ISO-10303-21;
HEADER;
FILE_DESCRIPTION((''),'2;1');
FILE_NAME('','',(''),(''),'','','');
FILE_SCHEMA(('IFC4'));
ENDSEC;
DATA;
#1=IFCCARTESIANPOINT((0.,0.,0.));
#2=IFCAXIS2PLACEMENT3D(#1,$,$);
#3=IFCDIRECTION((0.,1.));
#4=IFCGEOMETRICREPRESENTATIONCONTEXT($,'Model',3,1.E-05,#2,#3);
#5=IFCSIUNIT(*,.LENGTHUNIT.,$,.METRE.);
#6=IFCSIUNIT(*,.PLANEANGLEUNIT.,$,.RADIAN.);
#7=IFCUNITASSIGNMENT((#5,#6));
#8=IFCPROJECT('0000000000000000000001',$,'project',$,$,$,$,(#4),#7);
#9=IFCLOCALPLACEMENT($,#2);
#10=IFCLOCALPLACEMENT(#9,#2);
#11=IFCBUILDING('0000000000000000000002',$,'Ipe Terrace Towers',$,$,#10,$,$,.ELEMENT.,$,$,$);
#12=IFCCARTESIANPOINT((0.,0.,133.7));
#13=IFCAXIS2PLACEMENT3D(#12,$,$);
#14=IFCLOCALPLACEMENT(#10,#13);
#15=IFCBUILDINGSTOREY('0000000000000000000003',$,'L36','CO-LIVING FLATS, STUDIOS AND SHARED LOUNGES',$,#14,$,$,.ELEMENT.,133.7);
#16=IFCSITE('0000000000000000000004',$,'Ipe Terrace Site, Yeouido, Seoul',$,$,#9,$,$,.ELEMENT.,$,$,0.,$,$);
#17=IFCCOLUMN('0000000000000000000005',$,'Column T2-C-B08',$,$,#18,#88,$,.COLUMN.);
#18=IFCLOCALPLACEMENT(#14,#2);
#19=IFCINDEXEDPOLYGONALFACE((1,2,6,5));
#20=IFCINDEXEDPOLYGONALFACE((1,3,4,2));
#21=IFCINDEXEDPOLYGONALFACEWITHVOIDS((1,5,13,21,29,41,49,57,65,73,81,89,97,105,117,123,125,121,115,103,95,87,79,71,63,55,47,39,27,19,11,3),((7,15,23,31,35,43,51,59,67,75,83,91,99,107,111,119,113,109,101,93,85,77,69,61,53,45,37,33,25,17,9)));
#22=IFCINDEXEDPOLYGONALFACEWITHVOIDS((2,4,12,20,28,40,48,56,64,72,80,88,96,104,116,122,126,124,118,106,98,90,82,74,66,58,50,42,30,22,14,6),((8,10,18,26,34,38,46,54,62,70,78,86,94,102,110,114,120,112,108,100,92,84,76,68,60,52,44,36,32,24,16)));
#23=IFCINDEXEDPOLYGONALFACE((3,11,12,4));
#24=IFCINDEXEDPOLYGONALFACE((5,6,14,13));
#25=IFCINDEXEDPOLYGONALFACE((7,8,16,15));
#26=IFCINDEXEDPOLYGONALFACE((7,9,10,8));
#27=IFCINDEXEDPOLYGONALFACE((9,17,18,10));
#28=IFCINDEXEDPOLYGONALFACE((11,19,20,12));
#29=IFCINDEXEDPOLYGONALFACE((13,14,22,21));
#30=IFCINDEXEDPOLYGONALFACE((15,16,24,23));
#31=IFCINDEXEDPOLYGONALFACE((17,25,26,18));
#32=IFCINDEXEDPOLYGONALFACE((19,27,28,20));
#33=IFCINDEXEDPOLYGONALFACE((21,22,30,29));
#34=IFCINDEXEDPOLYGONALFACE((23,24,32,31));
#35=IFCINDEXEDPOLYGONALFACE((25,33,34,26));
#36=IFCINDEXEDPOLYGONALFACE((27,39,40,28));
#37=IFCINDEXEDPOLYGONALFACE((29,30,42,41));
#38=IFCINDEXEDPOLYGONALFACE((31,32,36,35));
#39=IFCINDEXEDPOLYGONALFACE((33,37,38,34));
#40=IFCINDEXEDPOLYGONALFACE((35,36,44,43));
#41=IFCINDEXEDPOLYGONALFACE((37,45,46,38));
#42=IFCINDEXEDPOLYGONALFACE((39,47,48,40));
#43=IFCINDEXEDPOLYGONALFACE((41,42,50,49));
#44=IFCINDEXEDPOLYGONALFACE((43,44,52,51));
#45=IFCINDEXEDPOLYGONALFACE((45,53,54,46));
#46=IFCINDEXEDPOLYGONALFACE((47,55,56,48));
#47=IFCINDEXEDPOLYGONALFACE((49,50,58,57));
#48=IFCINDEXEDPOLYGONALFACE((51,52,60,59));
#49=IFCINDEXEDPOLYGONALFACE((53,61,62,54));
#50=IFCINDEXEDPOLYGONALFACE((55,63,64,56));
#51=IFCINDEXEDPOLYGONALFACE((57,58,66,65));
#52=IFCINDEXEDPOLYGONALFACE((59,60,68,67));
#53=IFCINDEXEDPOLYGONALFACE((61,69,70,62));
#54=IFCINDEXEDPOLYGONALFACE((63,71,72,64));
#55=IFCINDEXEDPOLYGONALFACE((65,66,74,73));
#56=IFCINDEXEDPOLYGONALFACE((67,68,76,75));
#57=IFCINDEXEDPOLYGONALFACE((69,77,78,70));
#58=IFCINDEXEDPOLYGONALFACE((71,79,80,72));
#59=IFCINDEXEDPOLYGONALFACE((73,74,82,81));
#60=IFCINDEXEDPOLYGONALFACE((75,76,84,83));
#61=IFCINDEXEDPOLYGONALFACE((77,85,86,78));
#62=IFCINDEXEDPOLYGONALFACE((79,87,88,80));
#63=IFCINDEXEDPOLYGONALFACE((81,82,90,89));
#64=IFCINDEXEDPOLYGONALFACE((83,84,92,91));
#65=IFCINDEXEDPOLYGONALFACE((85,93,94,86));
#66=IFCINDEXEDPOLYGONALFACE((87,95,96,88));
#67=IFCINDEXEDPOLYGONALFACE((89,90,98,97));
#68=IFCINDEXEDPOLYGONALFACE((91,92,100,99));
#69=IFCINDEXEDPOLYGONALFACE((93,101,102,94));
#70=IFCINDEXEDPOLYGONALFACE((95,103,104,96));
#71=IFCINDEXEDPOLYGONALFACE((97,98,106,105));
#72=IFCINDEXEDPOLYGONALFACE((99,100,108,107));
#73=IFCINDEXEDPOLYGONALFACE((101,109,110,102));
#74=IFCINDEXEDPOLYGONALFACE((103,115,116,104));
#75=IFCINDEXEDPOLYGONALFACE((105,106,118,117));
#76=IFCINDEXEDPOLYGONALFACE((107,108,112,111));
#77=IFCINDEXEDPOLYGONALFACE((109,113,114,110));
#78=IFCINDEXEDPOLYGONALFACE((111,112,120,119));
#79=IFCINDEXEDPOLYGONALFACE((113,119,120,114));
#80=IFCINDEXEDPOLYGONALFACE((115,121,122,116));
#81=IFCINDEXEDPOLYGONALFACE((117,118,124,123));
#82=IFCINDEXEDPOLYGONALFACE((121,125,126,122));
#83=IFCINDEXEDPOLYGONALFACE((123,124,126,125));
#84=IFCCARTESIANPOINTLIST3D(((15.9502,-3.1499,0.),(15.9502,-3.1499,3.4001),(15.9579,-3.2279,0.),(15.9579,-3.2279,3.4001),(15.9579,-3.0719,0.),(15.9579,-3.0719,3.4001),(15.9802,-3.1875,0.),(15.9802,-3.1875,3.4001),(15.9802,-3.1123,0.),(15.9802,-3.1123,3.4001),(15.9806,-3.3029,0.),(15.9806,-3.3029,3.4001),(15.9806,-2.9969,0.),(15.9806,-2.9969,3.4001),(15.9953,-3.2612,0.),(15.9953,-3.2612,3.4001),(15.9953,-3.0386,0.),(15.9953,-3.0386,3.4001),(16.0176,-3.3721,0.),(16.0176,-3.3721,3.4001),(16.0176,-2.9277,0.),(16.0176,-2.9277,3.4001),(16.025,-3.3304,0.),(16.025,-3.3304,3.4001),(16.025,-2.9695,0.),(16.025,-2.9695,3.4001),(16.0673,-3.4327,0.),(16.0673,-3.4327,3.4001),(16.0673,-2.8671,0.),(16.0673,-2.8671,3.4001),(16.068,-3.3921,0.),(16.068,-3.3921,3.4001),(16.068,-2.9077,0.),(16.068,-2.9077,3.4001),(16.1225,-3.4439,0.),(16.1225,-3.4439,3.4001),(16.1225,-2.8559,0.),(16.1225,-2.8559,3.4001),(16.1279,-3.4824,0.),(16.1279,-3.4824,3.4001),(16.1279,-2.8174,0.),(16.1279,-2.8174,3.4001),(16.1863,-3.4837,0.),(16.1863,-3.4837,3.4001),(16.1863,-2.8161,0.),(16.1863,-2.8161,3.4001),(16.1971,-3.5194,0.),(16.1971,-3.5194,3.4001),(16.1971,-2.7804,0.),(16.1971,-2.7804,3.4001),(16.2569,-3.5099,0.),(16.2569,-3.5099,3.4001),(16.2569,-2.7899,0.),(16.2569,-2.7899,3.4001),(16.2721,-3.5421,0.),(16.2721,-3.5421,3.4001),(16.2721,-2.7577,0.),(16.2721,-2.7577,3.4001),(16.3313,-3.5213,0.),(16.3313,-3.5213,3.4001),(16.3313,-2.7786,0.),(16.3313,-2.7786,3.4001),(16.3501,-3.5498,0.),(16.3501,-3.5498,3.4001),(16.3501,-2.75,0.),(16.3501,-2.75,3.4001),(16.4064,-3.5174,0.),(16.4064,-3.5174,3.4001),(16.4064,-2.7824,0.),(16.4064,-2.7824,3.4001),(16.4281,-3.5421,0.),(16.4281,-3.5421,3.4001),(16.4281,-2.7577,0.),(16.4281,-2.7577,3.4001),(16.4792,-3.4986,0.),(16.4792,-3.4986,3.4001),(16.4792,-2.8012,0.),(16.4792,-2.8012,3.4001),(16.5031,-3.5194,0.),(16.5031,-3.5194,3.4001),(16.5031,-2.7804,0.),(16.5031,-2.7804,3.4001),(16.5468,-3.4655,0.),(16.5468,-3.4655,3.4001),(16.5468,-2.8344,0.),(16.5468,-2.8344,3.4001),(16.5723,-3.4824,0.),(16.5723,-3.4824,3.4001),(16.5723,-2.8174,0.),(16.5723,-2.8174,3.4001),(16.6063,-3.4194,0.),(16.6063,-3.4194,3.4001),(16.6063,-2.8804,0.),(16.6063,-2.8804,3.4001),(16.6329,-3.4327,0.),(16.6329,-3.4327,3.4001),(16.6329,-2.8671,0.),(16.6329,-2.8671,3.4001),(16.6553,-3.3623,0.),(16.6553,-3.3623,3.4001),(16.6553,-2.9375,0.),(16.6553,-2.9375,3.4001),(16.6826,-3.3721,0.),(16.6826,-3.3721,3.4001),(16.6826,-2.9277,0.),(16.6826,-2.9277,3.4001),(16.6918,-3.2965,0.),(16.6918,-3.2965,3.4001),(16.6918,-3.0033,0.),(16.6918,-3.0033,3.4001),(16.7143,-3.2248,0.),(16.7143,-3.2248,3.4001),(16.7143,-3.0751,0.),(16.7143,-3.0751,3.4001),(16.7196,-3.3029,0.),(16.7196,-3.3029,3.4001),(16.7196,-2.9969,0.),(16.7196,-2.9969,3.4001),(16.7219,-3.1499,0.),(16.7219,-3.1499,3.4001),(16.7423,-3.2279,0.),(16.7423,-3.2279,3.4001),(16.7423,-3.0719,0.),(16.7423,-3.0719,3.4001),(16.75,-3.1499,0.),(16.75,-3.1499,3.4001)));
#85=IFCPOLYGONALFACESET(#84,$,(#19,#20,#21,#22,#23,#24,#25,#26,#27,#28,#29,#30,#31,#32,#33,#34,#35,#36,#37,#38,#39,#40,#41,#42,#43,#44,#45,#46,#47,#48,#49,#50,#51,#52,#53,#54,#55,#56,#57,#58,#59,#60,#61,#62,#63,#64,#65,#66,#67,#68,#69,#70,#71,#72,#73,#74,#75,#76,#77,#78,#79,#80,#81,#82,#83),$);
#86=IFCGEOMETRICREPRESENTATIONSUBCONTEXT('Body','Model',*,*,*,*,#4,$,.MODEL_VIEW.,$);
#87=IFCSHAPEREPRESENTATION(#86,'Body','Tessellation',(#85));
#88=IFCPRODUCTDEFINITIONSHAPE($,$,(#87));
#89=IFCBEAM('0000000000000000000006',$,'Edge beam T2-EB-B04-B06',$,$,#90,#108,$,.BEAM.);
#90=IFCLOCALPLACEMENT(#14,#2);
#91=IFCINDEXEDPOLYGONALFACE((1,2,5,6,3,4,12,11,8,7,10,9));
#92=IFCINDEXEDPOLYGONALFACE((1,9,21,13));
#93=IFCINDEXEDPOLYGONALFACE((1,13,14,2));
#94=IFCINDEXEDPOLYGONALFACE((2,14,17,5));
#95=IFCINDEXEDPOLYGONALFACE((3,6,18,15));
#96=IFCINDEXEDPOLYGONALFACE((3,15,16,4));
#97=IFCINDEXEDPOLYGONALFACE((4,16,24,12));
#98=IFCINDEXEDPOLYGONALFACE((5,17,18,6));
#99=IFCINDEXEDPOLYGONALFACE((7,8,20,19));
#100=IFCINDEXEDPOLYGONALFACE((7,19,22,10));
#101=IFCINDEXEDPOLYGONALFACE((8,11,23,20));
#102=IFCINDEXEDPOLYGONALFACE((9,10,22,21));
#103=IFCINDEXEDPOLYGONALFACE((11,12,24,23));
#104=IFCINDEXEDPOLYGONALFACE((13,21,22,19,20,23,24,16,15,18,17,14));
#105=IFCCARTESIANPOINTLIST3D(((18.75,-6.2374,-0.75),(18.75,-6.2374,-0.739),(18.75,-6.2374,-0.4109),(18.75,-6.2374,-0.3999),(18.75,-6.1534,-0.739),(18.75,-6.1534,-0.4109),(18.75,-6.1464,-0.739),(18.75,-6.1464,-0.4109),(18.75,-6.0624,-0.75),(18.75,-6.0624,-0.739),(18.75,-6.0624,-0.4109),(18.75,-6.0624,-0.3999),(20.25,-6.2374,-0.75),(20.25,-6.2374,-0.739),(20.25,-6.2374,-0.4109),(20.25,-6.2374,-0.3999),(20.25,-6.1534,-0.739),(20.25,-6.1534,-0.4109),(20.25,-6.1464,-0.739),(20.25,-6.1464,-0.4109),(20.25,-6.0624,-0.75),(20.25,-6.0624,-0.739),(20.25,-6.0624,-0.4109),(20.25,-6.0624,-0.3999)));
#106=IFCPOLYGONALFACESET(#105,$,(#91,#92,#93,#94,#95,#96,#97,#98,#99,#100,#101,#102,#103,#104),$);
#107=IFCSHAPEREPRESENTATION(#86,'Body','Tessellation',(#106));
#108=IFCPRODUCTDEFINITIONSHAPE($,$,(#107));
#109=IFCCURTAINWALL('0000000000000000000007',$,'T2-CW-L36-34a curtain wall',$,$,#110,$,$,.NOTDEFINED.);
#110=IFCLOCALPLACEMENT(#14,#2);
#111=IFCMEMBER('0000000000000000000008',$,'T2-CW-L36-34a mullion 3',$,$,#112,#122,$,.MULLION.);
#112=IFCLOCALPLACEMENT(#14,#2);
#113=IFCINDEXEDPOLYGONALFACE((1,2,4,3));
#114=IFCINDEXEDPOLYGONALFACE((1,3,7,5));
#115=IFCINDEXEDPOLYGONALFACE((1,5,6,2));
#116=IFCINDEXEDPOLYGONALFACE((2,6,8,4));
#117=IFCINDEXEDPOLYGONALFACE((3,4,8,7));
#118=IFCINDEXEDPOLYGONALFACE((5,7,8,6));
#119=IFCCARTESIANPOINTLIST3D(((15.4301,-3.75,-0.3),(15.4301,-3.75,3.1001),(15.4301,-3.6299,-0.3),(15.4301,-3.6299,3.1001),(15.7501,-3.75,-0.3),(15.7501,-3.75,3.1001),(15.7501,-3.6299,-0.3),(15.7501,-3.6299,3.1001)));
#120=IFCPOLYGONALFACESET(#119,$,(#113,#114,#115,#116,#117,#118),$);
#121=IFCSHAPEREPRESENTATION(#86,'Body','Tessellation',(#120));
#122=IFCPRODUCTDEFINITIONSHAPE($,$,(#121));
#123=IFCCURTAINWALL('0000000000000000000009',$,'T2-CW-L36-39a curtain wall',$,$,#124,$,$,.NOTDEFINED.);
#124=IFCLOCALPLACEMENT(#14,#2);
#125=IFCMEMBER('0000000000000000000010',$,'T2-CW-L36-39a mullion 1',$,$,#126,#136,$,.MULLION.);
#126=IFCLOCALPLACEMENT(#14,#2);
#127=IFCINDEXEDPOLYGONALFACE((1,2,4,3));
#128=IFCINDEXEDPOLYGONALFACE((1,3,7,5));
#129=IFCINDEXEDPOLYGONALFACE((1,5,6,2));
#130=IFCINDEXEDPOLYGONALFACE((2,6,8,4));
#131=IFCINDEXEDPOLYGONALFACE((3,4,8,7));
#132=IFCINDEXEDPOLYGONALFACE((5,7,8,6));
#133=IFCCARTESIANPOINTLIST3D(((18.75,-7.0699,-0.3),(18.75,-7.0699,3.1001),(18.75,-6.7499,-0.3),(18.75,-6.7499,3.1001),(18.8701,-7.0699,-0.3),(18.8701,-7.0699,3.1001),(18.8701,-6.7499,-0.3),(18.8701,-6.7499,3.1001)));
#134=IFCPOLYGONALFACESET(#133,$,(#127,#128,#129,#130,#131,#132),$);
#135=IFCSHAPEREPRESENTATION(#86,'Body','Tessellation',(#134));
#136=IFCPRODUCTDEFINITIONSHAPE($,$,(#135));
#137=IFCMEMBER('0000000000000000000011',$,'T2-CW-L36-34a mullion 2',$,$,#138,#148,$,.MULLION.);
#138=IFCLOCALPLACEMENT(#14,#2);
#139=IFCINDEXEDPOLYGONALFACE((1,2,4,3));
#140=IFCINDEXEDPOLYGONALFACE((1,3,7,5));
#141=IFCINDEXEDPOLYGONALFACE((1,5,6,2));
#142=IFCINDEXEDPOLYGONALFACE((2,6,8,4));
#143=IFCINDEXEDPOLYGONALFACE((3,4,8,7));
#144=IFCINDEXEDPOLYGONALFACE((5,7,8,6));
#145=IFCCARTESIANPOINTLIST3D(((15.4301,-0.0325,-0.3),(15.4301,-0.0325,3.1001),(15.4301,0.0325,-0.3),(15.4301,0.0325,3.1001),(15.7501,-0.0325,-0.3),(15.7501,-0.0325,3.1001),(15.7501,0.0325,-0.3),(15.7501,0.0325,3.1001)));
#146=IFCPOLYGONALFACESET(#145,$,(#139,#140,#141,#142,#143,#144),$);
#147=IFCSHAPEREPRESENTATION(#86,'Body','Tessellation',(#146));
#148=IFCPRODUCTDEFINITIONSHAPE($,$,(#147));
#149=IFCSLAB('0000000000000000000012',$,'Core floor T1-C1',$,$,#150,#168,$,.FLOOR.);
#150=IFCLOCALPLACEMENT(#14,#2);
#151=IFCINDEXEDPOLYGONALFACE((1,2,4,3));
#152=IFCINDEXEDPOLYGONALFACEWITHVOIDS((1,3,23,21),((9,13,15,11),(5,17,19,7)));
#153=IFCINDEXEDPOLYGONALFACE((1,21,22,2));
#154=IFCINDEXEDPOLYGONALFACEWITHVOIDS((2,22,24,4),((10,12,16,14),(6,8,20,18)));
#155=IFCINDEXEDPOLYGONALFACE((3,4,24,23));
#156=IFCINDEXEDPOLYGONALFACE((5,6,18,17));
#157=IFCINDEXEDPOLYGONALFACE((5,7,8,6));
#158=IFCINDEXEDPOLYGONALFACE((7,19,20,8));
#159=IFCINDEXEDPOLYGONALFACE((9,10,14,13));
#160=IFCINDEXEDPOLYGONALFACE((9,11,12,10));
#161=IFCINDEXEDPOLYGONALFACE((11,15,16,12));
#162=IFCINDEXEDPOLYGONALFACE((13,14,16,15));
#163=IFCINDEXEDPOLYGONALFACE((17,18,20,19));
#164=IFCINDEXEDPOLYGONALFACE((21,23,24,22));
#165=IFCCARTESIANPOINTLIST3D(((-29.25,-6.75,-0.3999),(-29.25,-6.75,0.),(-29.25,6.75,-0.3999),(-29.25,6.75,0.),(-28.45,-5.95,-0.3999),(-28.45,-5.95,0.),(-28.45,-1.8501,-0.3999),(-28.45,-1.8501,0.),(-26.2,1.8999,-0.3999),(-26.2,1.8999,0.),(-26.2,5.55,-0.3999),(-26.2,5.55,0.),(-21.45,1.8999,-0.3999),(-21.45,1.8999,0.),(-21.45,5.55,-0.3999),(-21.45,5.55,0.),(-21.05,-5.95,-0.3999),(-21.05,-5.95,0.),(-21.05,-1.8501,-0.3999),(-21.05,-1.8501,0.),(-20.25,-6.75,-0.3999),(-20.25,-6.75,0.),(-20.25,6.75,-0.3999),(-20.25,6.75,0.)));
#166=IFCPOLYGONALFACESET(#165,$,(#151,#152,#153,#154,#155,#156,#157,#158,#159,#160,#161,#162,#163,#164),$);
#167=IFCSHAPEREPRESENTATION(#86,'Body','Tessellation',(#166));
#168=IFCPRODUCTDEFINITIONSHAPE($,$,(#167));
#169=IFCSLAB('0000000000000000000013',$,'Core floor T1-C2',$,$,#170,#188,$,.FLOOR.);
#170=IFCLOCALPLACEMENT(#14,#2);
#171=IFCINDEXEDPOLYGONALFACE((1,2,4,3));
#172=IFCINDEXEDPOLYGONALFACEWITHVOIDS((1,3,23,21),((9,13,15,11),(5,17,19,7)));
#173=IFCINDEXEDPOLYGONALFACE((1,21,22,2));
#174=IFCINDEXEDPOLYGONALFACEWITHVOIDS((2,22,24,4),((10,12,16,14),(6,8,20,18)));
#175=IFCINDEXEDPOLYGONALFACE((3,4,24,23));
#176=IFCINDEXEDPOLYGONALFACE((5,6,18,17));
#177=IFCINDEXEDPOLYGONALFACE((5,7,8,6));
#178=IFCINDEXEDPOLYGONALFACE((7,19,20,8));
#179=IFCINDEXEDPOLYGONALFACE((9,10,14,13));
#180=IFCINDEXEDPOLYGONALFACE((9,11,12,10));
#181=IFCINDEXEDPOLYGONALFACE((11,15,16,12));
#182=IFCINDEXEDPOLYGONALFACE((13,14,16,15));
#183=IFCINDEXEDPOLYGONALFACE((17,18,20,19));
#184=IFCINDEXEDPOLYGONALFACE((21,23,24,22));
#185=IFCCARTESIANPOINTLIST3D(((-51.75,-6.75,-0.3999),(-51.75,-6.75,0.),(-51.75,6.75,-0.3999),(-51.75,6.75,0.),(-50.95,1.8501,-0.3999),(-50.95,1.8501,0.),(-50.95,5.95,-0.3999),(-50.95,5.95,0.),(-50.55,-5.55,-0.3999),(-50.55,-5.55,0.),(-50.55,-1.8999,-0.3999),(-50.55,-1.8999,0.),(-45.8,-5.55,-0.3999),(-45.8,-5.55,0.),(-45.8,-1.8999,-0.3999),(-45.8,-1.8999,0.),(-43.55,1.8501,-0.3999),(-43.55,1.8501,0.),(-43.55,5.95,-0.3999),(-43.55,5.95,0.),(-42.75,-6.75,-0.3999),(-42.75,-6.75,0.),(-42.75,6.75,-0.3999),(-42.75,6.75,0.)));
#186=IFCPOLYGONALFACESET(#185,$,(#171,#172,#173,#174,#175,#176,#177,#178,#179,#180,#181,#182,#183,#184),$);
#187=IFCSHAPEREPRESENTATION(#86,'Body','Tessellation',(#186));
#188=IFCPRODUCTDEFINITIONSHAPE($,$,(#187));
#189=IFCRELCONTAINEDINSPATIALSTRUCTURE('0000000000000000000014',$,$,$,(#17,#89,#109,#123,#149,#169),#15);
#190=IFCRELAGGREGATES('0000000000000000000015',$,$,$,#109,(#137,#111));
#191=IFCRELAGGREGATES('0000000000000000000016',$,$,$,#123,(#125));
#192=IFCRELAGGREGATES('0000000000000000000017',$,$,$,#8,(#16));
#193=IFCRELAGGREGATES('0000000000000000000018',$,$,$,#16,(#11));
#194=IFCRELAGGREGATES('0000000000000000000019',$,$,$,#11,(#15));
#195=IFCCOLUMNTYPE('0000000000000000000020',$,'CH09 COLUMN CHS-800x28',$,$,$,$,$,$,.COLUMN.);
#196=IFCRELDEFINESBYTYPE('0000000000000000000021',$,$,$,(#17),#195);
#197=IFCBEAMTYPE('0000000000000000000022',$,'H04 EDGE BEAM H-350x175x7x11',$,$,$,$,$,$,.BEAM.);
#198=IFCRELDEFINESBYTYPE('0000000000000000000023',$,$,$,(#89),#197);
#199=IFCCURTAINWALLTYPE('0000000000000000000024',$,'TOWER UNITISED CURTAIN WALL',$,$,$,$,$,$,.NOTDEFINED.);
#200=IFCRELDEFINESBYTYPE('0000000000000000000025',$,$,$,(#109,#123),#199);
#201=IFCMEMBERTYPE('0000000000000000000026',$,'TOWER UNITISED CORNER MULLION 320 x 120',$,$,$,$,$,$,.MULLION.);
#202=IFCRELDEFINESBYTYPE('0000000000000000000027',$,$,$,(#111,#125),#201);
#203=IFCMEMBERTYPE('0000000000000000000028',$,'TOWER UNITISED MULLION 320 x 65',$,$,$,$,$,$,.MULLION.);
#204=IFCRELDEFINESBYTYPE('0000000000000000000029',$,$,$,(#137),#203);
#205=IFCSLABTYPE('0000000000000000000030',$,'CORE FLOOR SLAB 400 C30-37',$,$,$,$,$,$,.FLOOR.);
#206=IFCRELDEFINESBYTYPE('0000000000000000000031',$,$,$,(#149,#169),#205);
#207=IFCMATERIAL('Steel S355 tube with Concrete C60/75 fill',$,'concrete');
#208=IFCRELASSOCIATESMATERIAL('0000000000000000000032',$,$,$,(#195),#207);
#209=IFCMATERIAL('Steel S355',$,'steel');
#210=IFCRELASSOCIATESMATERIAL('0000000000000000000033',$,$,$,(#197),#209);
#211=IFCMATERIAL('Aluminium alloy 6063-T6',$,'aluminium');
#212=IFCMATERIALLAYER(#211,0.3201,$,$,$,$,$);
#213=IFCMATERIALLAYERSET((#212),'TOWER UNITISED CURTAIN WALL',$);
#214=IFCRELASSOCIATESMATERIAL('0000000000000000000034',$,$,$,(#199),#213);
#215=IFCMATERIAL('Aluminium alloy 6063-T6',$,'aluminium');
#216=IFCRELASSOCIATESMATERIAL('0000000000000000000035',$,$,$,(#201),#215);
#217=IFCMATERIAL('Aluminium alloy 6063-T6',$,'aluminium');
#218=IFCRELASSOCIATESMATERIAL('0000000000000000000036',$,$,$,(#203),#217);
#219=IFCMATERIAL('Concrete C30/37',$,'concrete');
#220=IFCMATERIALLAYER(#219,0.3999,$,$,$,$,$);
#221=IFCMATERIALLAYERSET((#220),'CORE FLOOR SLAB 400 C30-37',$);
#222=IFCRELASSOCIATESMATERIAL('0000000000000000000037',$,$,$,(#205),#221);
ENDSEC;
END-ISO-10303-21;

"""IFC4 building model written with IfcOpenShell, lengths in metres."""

from ifc_helpers import new_model, si_unit, direction, frame, origin, origin_2d, place, context, subcontext, project, spatial, polyline, rectangle, hollow_circle, i_section, outline, extrude, material, layer, layer_set, material_profile, profile_set, type_object, element, aggregate, save


model = new_model("IFC4")

# Units and contexts
model_context = context("Model", 3, precision=1e-05, world=origin(), true_north=direction((0.0, 1.0)))
body_context = subcontext(model_context, "Body", "Model", "MODEL_VIEW")
ifc_project = project(units=[si_unit("LENGTHUNIT", "METRE"), si_unit("PLANEANGLEUNIT", "RADIAN")], contexts=[model_context])

# Site, building, storey
site_placement = place(None, origin())
site = spatial("IfcSite", under=ifc_project, at=site_placement, Name="Ipe Terrace Site, Yeouido, Seoul", CompositionType="ELEMENT", RefElevation=0.0)
building_placement = place(site_placement, origin())
building = spatial("IfcBuilding", under=site, at=building_placement, Name="Ipe Terrace Towers", CompositionType="ELEMENT")
storey_placement = place(building_placement, frame((0.0, 0.0, 133.7)))
storey = spatial("IfcBuildingStorey", under=building, at=storey_placement, Name="L36", Description="CO-LIVING FLATS, STUDIOS AND SHARED LOUNGES", CompositionType="ELEMENT", Elevation=133.7)

# Column
ifc_material_1 = material(Name="Steel S355 tube with Concrete C60/75 fill", Category="concrete")
ifc_material_profile_1 = material_profile(ifc_material_1, hollow_circle(Radius=0.3999, WallThickness=0.0281, at=origin_2d()), Name="CHS-800x28")
ifc_profile_set_1 = profile_set([ifc_material_profile_1], Name="Steel S355 tube with Concrete C60/75 fill")
column_type = type_object("IfcColumnType", Name="CH09 COLUMN CHS-800x28", PredefinedType="COLUMN", material=ifc_profile_set_1)
for number, where, z_axis, x_axis, name in (
    (1, (16.3501, -3.1499, 0.0), (0.0, 0.0, 1.0), (1.0, 0.0, 0.0), "Column T2-C-B08"),
):
    element("IfcColumn", number, at=place(storey_placement, frame(where, z_axis=z_axis, x_axis=x_axis)), inside=storey, type_object=column_type, Name=name, PredefinedType="COLUMN", context=body_context, shape_type="SweptSolid", body=[
        extrude(hollow_circle(Radius=0.3999, WallThickness=0.0281, at=origin_2d()), origin(), (0.0, 0.0, 1.0), 3.4001),
    ])

# Beam
ifc_material_2 = material(Name="Steel S355", Category="steel")
ifc_material_profile_2 = material_profile(ifc_material_2, i_section(OverallWidth=0.175, OverallDepth=0.3501, WebThickness=0.0071, FlangeThickness=0.011, at=origin_2d()), Name="H-350x175x7x11")
ifc_profile_set_2 = profile_set([ifc_material_profile_2], Name="Steel S355")
beam_type = type_object("IfcBeamType", Name="H04 EDGE BEAM H-350x175x7x11", PredefinedType="BEAM", material=ifc_profile_set_2)
beam_placement = place(storey_placement, frame((20.25, -6.1499, -0.575), z_axis=(-1.0, 0.0, 0.0), x_axis=(0.0, -1.0, 0.0)))
element("IfcBeam", 2, at=beam_placement, inside=storey, type_object=beam_type, Name="Edge beam T2-EB-B04-B06", PredefinedType="BEAM", context=body_context, shape_type="SweptSolid", body=[
    extrude(i_section(OverallWidth=0.175, OverallDepth=0.3501, WebThickness=0.0071, FlangeThickness=0.011, at=origin_2d()), origin(), (0.0, 0.0, 1.0), 1.5),
])

# Curtain walls, members
ifc_material_3 = material(Name="Aluminium alloy 6063-T6", Category="aluminium")
ifc_layer_1 = layer(ifc_material_3, 0.3201)
ifc_layer_set_1 = layer_set([ifc_layer_1], Name="TOWER UNITISED CURTAIN WALL")
curtain_wall_type = type_object("IfcCurtainWallType", Name="TOWER UNITISED CURTAIN WALL", PredefinedType="NOTDEFINED", material=ifc_layer_set_1)
curtain_wall_1_placement = place(storey_placement, origin())
curtain_wall_1 = element("IfcCurtainWall", 3, at=curtain_wall_1_placement, inside=storey, type_object=curtain_wall_type, Name="T2-CW-L36-34a curtain wall", PredefinedType="NOTDEFINED")
ifc_material_4 = material(Name="Aluminium alloy 6063-T6", Category="aluminium")
ifc_material_profile_3 = material_profile(ifc_material_4, rectangle(XDim=0.3201, YDim=0.1201, at=origin_2d()), Name="TOWER UNITISED CORNER MULLION 320 x 120")
ifc_profile_set_3 = profile_set([ifc_material_profile_3], Name="Aluminium alloy 6063-T6")
member_type_1 = type_object("IfcMemberType", Name="TOWER UNITISED CORNER MULLION 320 x 120", PredefinedType="MULLION", material=ifc_profile_set_3)
member_1_placement = place(storey_placement, frame((15.5901, -3.6899, -0.3), z_axis=(0.0, 0.0, 1.0), x_axis=(-1.0, 0.0, 0.0)))
member_1 = element("IfcMember", 4, at=member_1_placement, type_object=member_type_1, Name="T2-CW-L36-34a mullion 3", PredefinedType="MULLION", context=body_context, shape_type="SweptSolid", body=[
    extrude(rectangle(XDim=0.3201, YDim=0.1201, at=origin_2d()), origin(), (0.0, 0.0, 1.0), 3.4001),
])
curtain_wall_2_placement = place(storey_placement, origin())
curtain_wall_2 = element("IfcCurtainWall", 5, at=curtain_wall_2_placement, inside=storey, type_object=curtain_wall_type, Name="T2-CW-L36-39a curtain wall", PredefinedType="NOTDEFINED")
member_2_placement = place(storey_placement, frame((18.8101, -6.9099, -0.3), z_axis=(0.0, 0.0, 1.0), x_axis=(0.0, -1.0, 0.0)))
member_2 = element("IfcMember", 6, at=member_2_placement, type_object=member_type_1, Name="T2-CW-L36-39a mullion 1", PredefinedType="MULLION", context=body_context, shape_type="SweptSolid", body=[
    extrude(rectangle(XDim=0.3201, YDim=0.1201, at=origin_2d()), origin(), (0.0, 0.0, 1.0), 3.4001),
])

# Member
ifc_material_5 = material(Name="Aluminium alloy 6063-T6", Category="aluminium")
ifc_material_profile_4 = material_profile(ifc_material_5, rectangle(XDim=0.3201, YDim=0.0649, at=origin_2d()), Name="TOWER UNITISED MULLION 320 x 65")
ifc_profile_set_4 = profile_set([ifc_material_profile_4], Name="Aluminium alloy 6063-T6")
member_type_2 = type_object("IfcMemberType", Name="TOWER UNITISED MULLION 320 x 65", PredefinedType="MULLION", material=ifc_profile_set_4)
member_3_placement = place(storey_placement, frame((15.5901, 0.0, -0.3), z_axis=(0.0, 0.0, 1.0), x_axis=(-1.0, 0.0, 0.0)))
member_3 = element("IfcMember", 7, at=member_3_placement, type_object=member_type_2, Name="T2-CW-L36-34a mullion 2", PredefinedType="MULLION", context=body_context, shape_type="SweptSolid", body=[
    extrude(rectangle(XDim=0.3201, YDim=0.0649, at=origin_2d()), origin(), (0.0, 0.0, 1.0), 3.4001),
])

# Slabs
ifc_material_6 = material(Name="Concrete C30/37", Category="concrete")
ifc_layer_2 = layer(ifc_material_6, 0.3999)
ifc_layer_set_2 = layer_set([ifc_layer_2], Name="CORE FLOOR SLAB 400 C30-37")
slab_type_1 = type_object("IfcSlabType", Name="CORE FLOOR SLAB 400 C30-37", PredefinedType="FLOOR", material=ifc_layer_set_2)
slab_1_placement = place(storey_placement, frame((0.0, 0.0, -0.3999)))
element("IfcSlab", 8, at=slab_1_placement, inside=storey, type_object=slab_type_1, Name="Core floor T1-C1", PredefinedType="FLOOR", context=body_context, shape_type="SweptSolid", body=[
    extrude(outline(polyline([(-29.25, -6.75), (-29.25, 6.75), (-20.25, 6.75), (-20.25, -6.75), (-29.25, -6.75)]), holes=[polyline([(-28.45, -5.95), (-21.05, -5.95), (-21.05, -1.8501), (-28.45, -1.8501), (-28.45, -5.95)]), polyline([(-26.2, 5.55), (-26.2, 1.8999), (-21.45, 1.8999), (-21.45, 5.55), (-26.2, 5.55)])]), origin(), (0.0, 0.0, 1.0), 0.3999),
])
slab_2_placement = place(storey_placement, frame((0.0, 0.0, -0.3999)))
element("IfcSlab", 9, at=slab_2_placement, inside=storey, type_object=slab_type_1, Name="Core floor T1-C2", PredefinedType="FLOOR", context=body_context, shape_type="SweptSolid", body=[
    extrude(outline(polyline([(-51.75, -6.75), (-51.75, 6.75), (-42.75, 6.75), (-42.75, -6.75), (-51.75, -6.75)]), holes=[polyline([(-45.8, -5.55), (-45.8, -1.8999), (-50.55, -1.8999), (-50.55, -5.55), (-45.8, -5.55)]), polyline([(-50.95, 1.8501), (-43.55, 1.8501), (-43.55, 5.95), (-50.95, 5.95), (-50.95, 1.8501)])]), origin(), (0.0, 0.0, 1.0), 0.3999),
])

aggregate(curtain_wall_1, [member_3, member_1])
aggregate(curtain_wall_2, [member_2])

save(model, "model.ifc")
